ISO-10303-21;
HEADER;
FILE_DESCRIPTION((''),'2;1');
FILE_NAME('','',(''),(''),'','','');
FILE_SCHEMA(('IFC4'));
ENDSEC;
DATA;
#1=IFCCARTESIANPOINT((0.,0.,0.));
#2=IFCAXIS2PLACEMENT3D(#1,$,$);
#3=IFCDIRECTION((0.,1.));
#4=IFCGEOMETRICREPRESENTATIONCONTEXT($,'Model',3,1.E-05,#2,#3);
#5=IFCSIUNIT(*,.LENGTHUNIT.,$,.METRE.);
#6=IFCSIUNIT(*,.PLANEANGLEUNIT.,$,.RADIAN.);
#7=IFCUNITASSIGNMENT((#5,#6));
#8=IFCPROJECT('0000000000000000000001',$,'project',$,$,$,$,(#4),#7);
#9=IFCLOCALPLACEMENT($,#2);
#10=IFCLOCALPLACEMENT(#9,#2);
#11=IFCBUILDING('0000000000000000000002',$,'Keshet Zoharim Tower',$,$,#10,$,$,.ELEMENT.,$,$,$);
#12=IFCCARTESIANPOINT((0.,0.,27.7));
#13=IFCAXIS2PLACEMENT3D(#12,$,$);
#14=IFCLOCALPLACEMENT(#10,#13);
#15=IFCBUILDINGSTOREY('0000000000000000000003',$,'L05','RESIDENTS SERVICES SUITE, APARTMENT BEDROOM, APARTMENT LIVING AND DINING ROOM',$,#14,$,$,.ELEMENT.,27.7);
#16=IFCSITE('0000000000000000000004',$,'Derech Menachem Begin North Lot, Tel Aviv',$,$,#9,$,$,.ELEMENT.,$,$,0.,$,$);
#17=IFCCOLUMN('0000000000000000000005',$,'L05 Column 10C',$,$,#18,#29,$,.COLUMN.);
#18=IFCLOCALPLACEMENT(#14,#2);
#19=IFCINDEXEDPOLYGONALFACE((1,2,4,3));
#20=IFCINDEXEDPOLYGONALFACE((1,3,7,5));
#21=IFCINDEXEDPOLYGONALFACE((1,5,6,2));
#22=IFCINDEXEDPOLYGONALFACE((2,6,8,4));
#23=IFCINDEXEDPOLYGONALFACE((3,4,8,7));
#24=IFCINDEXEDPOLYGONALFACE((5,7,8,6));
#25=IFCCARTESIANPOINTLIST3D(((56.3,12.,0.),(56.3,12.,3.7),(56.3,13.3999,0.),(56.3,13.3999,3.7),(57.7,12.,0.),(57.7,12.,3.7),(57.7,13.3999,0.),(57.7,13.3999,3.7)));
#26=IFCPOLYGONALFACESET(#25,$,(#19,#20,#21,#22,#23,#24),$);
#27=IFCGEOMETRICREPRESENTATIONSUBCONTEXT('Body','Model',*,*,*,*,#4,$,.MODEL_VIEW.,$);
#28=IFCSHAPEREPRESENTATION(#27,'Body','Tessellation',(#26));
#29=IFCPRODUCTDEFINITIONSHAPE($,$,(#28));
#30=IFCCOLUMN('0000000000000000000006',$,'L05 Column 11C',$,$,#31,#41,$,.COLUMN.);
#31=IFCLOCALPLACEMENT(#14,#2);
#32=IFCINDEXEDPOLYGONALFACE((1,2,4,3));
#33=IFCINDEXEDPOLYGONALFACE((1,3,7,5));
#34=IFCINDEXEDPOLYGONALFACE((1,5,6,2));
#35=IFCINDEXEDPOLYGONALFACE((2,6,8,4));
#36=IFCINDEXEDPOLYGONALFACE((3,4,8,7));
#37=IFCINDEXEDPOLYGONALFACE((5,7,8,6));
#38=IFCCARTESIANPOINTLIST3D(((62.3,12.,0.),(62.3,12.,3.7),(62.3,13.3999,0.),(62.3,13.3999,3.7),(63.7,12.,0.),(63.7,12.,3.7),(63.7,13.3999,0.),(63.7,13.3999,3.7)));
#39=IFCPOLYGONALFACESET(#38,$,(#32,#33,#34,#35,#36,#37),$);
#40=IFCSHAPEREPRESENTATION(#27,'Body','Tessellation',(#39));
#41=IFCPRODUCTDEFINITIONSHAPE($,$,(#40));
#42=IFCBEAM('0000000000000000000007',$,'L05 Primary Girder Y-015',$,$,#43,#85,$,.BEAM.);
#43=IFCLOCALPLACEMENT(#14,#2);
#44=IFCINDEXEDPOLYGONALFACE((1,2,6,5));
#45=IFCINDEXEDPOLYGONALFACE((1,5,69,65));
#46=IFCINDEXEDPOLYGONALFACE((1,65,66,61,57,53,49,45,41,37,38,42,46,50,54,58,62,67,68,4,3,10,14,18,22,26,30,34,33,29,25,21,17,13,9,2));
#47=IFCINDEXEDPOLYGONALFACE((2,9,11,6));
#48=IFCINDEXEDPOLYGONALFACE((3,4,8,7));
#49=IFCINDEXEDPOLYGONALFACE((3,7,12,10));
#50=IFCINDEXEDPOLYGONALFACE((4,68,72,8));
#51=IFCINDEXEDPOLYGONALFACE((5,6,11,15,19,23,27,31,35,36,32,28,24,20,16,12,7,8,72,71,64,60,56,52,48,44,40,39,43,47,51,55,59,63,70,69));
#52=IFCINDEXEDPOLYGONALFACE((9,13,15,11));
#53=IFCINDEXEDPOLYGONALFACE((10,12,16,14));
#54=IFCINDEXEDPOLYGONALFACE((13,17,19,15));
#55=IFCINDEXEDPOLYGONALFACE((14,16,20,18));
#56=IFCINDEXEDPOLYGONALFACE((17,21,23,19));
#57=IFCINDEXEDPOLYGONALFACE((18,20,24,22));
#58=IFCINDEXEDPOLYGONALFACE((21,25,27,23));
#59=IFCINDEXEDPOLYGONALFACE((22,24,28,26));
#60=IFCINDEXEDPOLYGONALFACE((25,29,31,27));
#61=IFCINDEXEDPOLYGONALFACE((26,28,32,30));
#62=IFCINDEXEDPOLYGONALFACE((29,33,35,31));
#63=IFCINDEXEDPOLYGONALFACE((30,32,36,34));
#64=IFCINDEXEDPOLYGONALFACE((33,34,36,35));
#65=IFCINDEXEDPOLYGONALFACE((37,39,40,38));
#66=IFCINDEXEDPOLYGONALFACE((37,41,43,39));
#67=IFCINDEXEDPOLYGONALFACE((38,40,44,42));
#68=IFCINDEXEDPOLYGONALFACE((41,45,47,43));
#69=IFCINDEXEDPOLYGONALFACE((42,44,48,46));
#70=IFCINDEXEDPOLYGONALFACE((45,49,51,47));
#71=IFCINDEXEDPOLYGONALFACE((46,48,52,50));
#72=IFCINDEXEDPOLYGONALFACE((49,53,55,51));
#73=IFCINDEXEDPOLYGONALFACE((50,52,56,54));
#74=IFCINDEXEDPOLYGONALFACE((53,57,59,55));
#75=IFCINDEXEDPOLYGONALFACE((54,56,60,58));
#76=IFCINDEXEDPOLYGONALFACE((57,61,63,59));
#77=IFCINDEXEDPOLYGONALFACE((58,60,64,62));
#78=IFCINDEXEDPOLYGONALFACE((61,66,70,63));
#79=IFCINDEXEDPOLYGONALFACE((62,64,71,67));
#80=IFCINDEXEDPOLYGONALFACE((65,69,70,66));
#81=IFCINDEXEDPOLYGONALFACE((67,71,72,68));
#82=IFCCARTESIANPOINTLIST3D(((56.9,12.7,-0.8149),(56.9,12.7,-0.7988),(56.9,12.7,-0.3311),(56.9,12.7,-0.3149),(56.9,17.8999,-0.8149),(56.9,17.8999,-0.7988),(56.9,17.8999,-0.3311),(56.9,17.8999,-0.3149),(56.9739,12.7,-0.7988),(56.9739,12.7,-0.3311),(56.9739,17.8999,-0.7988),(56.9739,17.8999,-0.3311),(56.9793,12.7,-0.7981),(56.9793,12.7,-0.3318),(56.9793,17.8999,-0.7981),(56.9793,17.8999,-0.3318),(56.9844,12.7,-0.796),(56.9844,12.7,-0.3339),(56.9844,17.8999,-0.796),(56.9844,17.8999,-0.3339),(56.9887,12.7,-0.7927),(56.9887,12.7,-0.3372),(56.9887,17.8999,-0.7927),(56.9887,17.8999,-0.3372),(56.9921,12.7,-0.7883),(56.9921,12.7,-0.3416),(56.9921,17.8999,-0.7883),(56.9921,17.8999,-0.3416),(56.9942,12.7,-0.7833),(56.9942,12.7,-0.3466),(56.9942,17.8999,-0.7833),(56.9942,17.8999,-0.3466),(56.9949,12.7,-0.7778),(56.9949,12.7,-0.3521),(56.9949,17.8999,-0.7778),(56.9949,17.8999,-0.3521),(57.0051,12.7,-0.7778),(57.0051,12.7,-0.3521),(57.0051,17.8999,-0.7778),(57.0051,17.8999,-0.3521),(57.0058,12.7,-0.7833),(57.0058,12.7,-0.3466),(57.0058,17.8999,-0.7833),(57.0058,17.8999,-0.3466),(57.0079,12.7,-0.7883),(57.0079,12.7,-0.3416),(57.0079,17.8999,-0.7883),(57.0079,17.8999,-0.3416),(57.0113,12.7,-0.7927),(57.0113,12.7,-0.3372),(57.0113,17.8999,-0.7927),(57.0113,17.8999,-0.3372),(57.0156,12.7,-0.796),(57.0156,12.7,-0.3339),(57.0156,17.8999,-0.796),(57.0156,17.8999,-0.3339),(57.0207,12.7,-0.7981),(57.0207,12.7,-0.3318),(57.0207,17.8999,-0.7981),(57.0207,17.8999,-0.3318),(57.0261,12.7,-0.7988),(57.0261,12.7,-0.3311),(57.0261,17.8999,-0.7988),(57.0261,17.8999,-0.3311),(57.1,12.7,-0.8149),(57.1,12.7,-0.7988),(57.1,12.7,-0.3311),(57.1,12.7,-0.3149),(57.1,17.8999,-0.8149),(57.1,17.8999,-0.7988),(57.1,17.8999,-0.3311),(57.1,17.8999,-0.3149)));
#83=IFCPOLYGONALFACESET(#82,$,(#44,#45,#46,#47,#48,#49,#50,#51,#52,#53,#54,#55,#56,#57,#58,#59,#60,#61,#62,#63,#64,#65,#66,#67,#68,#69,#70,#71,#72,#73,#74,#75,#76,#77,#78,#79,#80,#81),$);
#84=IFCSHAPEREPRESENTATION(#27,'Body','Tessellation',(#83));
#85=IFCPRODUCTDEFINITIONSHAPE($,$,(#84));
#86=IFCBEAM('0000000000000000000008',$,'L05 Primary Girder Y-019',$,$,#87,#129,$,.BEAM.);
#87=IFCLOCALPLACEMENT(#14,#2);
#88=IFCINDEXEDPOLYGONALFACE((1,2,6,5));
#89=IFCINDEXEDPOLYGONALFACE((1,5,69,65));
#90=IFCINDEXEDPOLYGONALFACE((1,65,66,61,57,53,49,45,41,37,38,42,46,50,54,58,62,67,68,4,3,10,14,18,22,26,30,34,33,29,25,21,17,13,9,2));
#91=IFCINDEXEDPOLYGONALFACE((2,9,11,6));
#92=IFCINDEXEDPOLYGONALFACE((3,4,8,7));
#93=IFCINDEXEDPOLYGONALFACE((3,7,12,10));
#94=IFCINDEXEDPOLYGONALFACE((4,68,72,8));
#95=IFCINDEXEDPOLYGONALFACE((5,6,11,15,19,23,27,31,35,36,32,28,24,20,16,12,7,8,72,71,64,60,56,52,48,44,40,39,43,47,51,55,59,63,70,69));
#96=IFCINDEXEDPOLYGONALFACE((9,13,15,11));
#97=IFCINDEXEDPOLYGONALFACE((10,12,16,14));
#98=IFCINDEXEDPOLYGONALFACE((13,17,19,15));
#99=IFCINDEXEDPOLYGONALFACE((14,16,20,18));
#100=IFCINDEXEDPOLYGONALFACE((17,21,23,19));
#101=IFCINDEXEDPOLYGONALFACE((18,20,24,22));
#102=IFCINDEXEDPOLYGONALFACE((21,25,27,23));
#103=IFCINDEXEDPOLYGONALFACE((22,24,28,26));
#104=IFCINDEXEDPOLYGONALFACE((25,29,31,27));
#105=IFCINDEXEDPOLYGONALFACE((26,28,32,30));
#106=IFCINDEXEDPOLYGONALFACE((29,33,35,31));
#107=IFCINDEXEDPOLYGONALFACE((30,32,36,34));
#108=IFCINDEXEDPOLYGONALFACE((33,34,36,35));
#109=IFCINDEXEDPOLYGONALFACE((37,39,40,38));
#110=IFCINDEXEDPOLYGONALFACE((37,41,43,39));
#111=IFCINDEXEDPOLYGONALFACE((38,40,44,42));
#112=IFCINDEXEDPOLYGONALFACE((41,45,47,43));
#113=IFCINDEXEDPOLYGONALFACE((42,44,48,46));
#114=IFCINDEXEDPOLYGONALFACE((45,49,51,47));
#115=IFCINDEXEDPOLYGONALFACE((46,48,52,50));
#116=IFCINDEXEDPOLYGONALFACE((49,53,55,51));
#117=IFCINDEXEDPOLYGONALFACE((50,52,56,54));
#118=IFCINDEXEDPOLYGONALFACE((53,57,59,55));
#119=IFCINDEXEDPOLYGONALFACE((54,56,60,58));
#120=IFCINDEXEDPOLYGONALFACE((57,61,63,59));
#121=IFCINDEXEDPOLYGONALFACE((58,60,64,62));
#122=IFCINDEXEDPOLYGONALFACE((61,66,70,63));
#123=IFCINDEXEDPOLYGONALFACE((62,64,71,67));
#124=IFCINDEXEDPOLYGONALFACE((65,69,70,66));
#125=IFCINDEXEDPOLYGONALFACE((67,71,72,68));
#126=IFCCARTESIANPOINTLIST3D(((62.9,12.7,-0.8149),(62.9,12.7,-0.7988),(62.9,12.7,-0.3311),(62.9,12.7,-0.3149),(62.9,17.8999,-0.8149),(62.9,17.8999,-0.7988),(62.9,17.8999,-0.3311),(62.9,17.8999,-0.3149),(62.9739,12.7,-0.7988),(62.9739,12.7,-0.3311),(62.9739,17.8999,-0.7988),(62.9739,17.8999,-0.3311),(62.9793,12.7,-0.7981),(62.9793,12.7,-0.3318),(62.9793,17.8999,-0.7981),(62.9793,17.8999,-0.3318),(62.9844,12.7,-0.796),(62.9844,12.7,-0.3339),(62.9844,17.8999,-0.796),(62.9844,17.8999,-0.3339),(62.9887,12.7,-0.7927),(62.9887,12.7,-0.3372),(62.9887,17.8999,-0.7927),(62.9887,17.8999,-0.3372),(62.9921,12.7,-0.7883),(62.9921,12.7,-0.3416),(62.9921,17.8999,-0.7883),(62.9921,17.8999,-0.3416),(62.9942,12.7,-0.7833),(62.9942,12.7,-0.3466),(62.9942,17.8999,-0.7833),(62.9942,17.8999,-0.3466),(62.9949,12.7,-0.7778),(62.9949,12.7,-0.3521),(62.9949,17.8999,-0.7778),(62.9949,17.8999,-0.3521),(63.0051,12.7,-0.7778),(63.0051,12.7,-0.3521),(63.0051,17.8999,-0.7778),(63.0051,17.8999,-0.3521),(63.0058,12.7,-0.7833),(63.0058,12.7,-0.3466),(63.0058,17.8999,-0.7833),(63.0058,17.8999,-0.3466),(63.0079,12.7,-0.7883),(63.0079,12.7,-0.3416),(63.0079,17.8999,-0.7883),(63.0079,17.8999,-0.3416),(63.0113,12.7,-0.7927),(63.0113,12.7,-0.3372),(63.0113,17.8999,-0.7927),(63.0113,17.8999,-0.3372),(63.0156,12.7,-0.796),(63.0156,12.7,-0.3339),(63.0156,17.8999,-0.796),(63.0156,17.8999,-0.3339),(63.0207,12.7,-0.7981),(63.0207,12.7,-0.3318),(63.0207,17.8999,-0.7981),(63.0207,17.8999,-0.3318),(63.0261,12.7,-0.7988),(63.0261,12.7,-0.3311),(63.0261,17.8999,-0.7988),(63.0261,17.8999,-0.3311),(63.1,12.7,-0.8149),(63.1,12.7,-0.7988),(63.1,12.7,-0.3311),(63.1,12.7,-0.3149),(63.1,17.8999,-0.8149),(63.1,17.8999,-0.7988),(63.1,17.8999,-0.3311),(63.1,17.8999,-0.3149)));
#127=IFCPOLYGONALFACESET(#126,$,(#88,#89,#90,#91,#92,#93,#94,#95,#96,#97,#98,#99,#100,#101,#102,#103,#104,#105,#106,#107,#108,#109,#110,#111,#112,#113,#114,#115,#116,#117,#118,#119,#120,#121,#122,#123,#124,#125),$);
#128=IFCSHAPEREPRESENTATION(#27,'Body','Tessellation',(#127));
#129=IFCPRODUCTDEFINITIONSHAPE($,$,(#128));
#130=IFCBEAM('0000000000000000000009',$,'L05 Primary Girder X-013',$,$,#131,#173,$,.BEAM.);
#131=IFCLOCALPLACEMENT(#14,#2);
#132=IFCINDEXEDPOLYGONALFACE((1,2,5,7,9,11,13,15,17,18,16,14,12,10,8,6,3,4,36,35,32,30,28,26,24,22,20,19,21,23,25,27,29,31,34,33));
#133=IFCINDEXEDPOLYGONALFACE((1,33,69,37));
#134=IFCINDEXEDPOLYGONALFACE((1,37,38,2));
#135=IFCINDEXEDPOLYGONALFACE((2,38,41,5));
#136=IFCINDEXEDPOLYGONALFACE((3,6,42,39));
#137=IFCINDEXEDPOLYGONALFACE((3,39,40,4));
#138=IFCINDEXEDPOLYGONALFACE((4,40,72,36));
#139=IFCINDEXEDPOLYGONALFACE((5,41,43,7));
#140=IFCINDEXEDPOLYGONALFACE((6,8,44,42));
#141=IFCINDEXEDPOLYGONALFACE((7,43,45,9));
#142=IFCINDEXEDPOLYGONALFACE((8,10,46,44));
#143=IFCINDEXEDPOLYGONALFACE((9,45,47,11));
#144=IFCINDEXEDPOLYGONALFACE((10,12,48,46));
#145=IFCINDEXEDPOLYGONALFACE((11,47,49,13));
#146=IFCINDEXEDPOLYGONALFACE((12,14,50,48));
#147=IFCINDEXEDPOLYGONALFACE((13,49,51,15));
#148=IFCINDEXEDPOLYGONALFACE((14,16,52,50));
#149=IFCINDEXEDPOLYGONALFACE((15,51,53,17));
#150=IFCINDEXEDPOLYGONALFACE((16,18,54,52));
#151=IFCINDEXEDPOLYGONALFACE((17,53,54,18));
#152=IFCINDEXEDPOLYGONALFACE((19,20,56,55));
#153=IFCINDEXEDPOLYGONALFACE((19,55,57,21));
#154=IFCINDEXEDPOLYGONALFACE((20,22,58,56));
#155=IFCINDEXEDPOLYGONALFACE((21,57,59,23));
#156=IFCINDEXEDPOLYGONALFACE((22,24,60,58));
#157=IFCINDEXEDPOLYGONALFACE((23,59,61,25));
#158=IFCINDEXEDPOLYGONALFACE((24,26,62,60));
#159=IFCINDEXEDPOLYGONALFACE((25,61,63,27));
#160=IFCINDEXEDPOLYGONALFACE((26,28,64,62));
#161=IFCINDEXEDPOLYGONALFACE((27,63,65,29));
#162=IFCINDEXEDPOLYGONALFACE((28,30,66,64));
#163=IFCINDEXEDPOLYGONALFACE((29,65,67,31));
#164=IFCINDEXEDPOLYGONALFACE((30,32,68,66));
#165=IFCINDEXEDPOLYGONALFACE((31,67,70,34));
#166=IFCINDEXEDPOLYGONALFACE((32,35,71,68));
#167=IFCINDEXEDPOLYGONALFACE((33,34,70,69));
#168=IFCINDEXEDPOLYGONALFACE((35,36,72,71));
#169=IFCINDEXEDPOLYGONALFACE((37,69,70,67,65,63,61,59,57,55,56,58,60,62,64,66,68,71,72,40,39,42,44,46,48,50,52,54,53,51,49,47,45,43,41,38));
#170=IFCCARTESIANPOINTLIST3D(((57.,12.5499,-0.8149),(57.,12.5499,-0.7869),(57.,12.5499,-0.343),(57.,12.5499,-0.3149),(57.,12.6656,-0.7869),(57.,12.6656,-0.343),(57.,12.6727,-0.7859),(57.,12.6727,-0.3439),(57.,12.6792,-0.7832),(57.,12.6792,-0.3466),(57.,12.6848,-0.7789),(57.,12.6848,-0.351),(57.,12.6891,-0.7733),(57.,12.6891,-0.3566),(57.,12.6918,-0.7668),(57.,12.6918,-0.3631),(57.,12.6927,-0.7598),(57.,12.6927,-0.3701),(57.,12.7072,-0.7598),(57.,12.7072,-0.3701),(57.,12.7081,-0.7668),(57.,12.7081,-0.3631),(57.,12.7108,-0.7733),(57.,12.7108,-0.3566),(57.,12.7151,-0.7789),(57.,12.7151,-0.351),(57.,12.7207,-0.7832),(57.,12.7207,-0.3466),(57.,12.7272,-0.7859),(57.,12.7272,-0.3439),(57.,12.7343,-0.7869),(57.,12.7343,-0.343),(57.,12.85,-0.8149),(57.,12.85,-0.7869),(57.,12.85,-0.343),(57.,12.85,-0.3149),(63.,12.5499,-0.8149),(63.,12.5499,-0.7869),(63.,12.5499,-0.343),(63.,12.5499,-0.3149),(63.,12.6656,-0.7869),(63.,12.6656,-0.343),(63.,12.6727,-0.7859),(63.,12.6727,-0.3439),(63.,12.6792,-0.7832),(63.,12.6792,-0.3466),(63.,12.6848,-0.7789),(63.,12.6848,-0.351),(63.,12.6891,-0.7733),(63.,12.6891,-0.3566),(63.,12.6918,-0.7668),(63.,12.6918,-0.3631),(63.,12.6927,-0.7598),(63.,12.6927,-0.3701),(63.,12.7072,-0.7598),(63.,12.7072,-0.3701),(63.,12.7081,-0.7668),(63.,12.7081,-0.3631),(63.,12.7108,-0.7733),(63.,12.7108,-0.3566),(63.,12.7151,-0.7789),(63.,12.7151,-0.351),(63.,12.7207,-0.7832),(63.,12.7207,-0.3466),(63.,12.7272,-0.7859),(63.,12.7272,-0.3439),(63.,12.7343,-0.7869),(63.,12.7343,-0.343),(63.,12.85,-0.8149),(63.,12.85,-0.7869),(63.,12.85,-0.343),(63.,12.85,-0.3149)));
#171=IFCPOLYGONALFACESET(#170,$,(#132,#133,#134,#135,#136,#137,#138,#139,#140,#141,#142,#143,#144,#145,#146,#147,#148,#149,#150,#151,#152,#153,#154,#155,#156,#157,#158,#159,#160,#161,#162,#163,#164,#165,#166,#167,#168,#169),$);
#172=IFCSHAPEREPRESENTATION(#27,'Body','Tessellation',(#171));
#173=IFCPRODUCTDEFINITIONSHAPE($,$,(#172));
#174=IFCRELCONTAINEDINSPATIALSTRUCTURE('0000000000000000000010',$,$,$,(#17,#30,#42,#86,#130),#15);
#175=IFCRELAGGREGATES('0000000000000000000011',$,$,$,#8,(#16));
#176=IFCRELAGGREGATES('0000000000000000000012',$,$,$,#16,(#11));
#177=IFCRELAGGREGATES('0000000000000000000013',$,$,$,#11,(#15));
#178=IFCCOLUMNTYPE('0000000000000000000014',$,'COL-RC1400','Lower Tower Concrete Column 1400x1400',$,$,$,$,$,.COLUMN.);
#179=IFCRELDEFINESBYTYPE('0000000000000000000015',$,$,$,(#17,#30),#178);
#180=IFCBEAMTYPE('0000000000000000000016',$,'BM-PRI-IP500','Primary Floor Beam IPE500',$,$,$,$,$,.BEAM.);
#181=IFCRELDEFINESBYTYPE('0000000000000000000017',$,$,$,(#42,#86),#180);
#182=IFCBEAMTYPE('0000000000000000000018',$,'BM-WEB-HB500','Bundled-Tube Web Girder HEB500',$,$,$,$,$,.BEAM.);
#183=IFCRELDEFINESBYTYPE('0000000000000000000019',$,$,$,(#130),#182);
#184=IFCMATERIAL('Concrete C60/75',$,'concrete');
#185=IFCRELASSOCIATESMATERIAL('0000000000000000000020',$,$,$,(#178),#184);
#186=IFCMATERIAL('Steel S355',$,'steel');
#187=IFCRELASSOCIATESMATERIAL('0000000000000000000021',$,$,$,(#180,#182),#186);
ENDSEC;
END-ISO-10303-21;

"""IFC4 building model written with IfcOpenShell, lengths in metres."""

from ifc_helpers import new_model, si_unit, direction, frame, origin, origin_2d, place, context, subcontext, project, spatial, rectangle, i_section, extrude, material, material_profile, profile_set, type_object, element, save


model = new_model("IFC4")

# Units and contexts
model_context = context("Model", 3, precision=1e-05, world=origin(), true_north=direction((0.0, 1.0)))
body_context = subcontext(model_context, "Body", "Model", "MODEL_VIEW")
ifc_project = project(units=[si_unit("LENGTHUNIT", "METRE"), si_unit("PLANEANGLEUNIT", "RADIAN")], contexts=[model_context])

# Site, building, storey
site_placement = place(None, origin())
site = spatial("IfcSite", under=ifc_project, at=site_placement, Name="Derech Menachem Begin North Lot, Tel Aviv", CompositionType="ELEMENT", RefElevation=0.0)
building_placement = place(site_placement, origin())
building = spatial("IfcBuilding", under=site, at=building_placement, Name="Keshet Zoharim Tower", CompositionType="ELEMENT")
storey_placement = place(building_placement, frame((0.0, 0.0, 27.7)))
storey = spatial("IfcBuildingStorey", under=building, at=storey_placement, Name="L05", Description="RESIDENTS SERVICES SUITE, APARTMENT BEDROOM, APARTMENT LIVING AND DINING ROOM", CompositionType="ELEMENT", Elevation=27.7)

# Columns
ifc_material_1 = material(Name="Concrete C60/75", Category="concrete")
ifc_material_profile_1 = material_profile(ifc_material_1, rectangle(XDim=1.3999, YDim=1.3999, at=origin_2d()), Name="RC1400x1400")
ifc_profile_set_1 = profile_set([ifc_material_profile_1], Name="Concrete C60/75")
column_type = type_object("IfcColumnType", Name="COL-RC1400", Description="Lower Tower Concrete Column 1400x1400", PredefinedType="COLUMN", material=ifc_profile_set_1)
for number, where, z_axis, x_axis, name in (
    (1, (57.0, 12.7, 0.0), (0.0, 0.0, 1.0), (1.0, 0.0, 0.0), "L05 Column 10C"),
    (2, (63.0, 12.7, 0.0), (0.0, 0.0, 1.0), (1.0, 0.0, 0.0), "L05 Column 11C"),
):
    element("IfcColumn", number, at=place(storey_placement, frame(where, z_axis=z_axis, x_axis=x_axis)), inside=storey, type_object=column_type, Name=name, PredefinedType="COLUMN", context=body_context, shape_type="SweptSolid", body=[
        extrude(rectangle(XDim=1.3999, YDim=1.3999, at=origin_2d()), origin(), (0.0, 0.0, 1.0), 3.7),
    ])

# Beams
ifc_material_2 = material(Name="Steel S355", Category="steel")
ifc_material_profile_2 = material_profile(ifc_material_2, i_section(OverallWidth=0.2, OverallDepth=0.5, WebThickness=0.0103, FlangeThickness=0.0161, FilletRadius=0.021, at=origin_2d()), Name="IPE500")
ifc_profile_set_2 = profile_set([ifc_material_profile_2], Name="Steel S355")
beam_type_1 = type_object("IfcBeamType", Name="BM-PRI-IP500", Description="Primary Floor Beam IPE500", PredefinedType="BEAM", material=ifc_profile_set_2)
for number, where, z_axis, x_axis, name in (
    (3, (57.0, 12.7, -0.5649), (0.0, 1.0, 0.0), (-1.0, 0.0, 0.0), "L05 Primary Girder Y-015"),
    (4, (63.0, 12.7, -0.5649), (0.0, 1.0, 0.0), (-1.0, 0.0, 0.0), "L05 Primary Girder Y-019"),
):
    element("IfcBeam", number, at=place(storey_placement, frame(where, z_axis=z_axis, x_axis=x_axis)), inside=storey, type_object=beam_type_1, Name=name, PredefinedType="BEAM", context=body_context, shape_type="SweptSolid", body=[
        extrude(i_section(OverallWidth=0.2, OverallDepth=0.5, WebThickness=0.0103, FlangeThickness=0.0161, FilletRadius=0.021, at=origin_2d()), origin(), (0.0, 0.0, 1.0), 5.2),
    ])
ifc_material_profile_3 = material_profile(ifc_material_2, i_section(OverallWidth=0.3, OverallDepth=0.5, WebThickness=0.0144, FlangeThickness=0.0281, FilletRadius=0.0271, at=origin_2d()), Name="HEB500")
ifc_profile_set_3 = profile_set([ifc_material_profile_3], Name="Steel S355")
beam_type_2 = type_object("IfcBeamType", Name="BM-WEB-HB500", Description="Bundled-Tube Web Girder HEB500", PredefinedType="BEAM", material=ifc_profile_set_3)
for number, where, z_axis, x_axis, name in (
    (5, (57.0, 12.7, -0.5649), (1.0, 0.0, 0.0), (0.0, 1.0, 0.0), "L05 Primary Girder X-013"),
):
    element("IfcBeam", number, at=place(storey_placement, frame(where, z_axis=z_axis, x_axis=x_axis)), inside=storey, type_object=beam_type_2, Name=name, PredefinedType="BEAM", context=body_context, shape_type="SweptSolid", body=[
        extrude(i_section(OverallWidth=0.3, OverallDepth=0.5, WebThickness=0.0144, FlangeThickness=0.0281, FilletRadius=0.0271, at=origin_2d()), origin(), (0.0, 0.0, 1.0), 6.0),
    ])

save(model, "model.ifc")
